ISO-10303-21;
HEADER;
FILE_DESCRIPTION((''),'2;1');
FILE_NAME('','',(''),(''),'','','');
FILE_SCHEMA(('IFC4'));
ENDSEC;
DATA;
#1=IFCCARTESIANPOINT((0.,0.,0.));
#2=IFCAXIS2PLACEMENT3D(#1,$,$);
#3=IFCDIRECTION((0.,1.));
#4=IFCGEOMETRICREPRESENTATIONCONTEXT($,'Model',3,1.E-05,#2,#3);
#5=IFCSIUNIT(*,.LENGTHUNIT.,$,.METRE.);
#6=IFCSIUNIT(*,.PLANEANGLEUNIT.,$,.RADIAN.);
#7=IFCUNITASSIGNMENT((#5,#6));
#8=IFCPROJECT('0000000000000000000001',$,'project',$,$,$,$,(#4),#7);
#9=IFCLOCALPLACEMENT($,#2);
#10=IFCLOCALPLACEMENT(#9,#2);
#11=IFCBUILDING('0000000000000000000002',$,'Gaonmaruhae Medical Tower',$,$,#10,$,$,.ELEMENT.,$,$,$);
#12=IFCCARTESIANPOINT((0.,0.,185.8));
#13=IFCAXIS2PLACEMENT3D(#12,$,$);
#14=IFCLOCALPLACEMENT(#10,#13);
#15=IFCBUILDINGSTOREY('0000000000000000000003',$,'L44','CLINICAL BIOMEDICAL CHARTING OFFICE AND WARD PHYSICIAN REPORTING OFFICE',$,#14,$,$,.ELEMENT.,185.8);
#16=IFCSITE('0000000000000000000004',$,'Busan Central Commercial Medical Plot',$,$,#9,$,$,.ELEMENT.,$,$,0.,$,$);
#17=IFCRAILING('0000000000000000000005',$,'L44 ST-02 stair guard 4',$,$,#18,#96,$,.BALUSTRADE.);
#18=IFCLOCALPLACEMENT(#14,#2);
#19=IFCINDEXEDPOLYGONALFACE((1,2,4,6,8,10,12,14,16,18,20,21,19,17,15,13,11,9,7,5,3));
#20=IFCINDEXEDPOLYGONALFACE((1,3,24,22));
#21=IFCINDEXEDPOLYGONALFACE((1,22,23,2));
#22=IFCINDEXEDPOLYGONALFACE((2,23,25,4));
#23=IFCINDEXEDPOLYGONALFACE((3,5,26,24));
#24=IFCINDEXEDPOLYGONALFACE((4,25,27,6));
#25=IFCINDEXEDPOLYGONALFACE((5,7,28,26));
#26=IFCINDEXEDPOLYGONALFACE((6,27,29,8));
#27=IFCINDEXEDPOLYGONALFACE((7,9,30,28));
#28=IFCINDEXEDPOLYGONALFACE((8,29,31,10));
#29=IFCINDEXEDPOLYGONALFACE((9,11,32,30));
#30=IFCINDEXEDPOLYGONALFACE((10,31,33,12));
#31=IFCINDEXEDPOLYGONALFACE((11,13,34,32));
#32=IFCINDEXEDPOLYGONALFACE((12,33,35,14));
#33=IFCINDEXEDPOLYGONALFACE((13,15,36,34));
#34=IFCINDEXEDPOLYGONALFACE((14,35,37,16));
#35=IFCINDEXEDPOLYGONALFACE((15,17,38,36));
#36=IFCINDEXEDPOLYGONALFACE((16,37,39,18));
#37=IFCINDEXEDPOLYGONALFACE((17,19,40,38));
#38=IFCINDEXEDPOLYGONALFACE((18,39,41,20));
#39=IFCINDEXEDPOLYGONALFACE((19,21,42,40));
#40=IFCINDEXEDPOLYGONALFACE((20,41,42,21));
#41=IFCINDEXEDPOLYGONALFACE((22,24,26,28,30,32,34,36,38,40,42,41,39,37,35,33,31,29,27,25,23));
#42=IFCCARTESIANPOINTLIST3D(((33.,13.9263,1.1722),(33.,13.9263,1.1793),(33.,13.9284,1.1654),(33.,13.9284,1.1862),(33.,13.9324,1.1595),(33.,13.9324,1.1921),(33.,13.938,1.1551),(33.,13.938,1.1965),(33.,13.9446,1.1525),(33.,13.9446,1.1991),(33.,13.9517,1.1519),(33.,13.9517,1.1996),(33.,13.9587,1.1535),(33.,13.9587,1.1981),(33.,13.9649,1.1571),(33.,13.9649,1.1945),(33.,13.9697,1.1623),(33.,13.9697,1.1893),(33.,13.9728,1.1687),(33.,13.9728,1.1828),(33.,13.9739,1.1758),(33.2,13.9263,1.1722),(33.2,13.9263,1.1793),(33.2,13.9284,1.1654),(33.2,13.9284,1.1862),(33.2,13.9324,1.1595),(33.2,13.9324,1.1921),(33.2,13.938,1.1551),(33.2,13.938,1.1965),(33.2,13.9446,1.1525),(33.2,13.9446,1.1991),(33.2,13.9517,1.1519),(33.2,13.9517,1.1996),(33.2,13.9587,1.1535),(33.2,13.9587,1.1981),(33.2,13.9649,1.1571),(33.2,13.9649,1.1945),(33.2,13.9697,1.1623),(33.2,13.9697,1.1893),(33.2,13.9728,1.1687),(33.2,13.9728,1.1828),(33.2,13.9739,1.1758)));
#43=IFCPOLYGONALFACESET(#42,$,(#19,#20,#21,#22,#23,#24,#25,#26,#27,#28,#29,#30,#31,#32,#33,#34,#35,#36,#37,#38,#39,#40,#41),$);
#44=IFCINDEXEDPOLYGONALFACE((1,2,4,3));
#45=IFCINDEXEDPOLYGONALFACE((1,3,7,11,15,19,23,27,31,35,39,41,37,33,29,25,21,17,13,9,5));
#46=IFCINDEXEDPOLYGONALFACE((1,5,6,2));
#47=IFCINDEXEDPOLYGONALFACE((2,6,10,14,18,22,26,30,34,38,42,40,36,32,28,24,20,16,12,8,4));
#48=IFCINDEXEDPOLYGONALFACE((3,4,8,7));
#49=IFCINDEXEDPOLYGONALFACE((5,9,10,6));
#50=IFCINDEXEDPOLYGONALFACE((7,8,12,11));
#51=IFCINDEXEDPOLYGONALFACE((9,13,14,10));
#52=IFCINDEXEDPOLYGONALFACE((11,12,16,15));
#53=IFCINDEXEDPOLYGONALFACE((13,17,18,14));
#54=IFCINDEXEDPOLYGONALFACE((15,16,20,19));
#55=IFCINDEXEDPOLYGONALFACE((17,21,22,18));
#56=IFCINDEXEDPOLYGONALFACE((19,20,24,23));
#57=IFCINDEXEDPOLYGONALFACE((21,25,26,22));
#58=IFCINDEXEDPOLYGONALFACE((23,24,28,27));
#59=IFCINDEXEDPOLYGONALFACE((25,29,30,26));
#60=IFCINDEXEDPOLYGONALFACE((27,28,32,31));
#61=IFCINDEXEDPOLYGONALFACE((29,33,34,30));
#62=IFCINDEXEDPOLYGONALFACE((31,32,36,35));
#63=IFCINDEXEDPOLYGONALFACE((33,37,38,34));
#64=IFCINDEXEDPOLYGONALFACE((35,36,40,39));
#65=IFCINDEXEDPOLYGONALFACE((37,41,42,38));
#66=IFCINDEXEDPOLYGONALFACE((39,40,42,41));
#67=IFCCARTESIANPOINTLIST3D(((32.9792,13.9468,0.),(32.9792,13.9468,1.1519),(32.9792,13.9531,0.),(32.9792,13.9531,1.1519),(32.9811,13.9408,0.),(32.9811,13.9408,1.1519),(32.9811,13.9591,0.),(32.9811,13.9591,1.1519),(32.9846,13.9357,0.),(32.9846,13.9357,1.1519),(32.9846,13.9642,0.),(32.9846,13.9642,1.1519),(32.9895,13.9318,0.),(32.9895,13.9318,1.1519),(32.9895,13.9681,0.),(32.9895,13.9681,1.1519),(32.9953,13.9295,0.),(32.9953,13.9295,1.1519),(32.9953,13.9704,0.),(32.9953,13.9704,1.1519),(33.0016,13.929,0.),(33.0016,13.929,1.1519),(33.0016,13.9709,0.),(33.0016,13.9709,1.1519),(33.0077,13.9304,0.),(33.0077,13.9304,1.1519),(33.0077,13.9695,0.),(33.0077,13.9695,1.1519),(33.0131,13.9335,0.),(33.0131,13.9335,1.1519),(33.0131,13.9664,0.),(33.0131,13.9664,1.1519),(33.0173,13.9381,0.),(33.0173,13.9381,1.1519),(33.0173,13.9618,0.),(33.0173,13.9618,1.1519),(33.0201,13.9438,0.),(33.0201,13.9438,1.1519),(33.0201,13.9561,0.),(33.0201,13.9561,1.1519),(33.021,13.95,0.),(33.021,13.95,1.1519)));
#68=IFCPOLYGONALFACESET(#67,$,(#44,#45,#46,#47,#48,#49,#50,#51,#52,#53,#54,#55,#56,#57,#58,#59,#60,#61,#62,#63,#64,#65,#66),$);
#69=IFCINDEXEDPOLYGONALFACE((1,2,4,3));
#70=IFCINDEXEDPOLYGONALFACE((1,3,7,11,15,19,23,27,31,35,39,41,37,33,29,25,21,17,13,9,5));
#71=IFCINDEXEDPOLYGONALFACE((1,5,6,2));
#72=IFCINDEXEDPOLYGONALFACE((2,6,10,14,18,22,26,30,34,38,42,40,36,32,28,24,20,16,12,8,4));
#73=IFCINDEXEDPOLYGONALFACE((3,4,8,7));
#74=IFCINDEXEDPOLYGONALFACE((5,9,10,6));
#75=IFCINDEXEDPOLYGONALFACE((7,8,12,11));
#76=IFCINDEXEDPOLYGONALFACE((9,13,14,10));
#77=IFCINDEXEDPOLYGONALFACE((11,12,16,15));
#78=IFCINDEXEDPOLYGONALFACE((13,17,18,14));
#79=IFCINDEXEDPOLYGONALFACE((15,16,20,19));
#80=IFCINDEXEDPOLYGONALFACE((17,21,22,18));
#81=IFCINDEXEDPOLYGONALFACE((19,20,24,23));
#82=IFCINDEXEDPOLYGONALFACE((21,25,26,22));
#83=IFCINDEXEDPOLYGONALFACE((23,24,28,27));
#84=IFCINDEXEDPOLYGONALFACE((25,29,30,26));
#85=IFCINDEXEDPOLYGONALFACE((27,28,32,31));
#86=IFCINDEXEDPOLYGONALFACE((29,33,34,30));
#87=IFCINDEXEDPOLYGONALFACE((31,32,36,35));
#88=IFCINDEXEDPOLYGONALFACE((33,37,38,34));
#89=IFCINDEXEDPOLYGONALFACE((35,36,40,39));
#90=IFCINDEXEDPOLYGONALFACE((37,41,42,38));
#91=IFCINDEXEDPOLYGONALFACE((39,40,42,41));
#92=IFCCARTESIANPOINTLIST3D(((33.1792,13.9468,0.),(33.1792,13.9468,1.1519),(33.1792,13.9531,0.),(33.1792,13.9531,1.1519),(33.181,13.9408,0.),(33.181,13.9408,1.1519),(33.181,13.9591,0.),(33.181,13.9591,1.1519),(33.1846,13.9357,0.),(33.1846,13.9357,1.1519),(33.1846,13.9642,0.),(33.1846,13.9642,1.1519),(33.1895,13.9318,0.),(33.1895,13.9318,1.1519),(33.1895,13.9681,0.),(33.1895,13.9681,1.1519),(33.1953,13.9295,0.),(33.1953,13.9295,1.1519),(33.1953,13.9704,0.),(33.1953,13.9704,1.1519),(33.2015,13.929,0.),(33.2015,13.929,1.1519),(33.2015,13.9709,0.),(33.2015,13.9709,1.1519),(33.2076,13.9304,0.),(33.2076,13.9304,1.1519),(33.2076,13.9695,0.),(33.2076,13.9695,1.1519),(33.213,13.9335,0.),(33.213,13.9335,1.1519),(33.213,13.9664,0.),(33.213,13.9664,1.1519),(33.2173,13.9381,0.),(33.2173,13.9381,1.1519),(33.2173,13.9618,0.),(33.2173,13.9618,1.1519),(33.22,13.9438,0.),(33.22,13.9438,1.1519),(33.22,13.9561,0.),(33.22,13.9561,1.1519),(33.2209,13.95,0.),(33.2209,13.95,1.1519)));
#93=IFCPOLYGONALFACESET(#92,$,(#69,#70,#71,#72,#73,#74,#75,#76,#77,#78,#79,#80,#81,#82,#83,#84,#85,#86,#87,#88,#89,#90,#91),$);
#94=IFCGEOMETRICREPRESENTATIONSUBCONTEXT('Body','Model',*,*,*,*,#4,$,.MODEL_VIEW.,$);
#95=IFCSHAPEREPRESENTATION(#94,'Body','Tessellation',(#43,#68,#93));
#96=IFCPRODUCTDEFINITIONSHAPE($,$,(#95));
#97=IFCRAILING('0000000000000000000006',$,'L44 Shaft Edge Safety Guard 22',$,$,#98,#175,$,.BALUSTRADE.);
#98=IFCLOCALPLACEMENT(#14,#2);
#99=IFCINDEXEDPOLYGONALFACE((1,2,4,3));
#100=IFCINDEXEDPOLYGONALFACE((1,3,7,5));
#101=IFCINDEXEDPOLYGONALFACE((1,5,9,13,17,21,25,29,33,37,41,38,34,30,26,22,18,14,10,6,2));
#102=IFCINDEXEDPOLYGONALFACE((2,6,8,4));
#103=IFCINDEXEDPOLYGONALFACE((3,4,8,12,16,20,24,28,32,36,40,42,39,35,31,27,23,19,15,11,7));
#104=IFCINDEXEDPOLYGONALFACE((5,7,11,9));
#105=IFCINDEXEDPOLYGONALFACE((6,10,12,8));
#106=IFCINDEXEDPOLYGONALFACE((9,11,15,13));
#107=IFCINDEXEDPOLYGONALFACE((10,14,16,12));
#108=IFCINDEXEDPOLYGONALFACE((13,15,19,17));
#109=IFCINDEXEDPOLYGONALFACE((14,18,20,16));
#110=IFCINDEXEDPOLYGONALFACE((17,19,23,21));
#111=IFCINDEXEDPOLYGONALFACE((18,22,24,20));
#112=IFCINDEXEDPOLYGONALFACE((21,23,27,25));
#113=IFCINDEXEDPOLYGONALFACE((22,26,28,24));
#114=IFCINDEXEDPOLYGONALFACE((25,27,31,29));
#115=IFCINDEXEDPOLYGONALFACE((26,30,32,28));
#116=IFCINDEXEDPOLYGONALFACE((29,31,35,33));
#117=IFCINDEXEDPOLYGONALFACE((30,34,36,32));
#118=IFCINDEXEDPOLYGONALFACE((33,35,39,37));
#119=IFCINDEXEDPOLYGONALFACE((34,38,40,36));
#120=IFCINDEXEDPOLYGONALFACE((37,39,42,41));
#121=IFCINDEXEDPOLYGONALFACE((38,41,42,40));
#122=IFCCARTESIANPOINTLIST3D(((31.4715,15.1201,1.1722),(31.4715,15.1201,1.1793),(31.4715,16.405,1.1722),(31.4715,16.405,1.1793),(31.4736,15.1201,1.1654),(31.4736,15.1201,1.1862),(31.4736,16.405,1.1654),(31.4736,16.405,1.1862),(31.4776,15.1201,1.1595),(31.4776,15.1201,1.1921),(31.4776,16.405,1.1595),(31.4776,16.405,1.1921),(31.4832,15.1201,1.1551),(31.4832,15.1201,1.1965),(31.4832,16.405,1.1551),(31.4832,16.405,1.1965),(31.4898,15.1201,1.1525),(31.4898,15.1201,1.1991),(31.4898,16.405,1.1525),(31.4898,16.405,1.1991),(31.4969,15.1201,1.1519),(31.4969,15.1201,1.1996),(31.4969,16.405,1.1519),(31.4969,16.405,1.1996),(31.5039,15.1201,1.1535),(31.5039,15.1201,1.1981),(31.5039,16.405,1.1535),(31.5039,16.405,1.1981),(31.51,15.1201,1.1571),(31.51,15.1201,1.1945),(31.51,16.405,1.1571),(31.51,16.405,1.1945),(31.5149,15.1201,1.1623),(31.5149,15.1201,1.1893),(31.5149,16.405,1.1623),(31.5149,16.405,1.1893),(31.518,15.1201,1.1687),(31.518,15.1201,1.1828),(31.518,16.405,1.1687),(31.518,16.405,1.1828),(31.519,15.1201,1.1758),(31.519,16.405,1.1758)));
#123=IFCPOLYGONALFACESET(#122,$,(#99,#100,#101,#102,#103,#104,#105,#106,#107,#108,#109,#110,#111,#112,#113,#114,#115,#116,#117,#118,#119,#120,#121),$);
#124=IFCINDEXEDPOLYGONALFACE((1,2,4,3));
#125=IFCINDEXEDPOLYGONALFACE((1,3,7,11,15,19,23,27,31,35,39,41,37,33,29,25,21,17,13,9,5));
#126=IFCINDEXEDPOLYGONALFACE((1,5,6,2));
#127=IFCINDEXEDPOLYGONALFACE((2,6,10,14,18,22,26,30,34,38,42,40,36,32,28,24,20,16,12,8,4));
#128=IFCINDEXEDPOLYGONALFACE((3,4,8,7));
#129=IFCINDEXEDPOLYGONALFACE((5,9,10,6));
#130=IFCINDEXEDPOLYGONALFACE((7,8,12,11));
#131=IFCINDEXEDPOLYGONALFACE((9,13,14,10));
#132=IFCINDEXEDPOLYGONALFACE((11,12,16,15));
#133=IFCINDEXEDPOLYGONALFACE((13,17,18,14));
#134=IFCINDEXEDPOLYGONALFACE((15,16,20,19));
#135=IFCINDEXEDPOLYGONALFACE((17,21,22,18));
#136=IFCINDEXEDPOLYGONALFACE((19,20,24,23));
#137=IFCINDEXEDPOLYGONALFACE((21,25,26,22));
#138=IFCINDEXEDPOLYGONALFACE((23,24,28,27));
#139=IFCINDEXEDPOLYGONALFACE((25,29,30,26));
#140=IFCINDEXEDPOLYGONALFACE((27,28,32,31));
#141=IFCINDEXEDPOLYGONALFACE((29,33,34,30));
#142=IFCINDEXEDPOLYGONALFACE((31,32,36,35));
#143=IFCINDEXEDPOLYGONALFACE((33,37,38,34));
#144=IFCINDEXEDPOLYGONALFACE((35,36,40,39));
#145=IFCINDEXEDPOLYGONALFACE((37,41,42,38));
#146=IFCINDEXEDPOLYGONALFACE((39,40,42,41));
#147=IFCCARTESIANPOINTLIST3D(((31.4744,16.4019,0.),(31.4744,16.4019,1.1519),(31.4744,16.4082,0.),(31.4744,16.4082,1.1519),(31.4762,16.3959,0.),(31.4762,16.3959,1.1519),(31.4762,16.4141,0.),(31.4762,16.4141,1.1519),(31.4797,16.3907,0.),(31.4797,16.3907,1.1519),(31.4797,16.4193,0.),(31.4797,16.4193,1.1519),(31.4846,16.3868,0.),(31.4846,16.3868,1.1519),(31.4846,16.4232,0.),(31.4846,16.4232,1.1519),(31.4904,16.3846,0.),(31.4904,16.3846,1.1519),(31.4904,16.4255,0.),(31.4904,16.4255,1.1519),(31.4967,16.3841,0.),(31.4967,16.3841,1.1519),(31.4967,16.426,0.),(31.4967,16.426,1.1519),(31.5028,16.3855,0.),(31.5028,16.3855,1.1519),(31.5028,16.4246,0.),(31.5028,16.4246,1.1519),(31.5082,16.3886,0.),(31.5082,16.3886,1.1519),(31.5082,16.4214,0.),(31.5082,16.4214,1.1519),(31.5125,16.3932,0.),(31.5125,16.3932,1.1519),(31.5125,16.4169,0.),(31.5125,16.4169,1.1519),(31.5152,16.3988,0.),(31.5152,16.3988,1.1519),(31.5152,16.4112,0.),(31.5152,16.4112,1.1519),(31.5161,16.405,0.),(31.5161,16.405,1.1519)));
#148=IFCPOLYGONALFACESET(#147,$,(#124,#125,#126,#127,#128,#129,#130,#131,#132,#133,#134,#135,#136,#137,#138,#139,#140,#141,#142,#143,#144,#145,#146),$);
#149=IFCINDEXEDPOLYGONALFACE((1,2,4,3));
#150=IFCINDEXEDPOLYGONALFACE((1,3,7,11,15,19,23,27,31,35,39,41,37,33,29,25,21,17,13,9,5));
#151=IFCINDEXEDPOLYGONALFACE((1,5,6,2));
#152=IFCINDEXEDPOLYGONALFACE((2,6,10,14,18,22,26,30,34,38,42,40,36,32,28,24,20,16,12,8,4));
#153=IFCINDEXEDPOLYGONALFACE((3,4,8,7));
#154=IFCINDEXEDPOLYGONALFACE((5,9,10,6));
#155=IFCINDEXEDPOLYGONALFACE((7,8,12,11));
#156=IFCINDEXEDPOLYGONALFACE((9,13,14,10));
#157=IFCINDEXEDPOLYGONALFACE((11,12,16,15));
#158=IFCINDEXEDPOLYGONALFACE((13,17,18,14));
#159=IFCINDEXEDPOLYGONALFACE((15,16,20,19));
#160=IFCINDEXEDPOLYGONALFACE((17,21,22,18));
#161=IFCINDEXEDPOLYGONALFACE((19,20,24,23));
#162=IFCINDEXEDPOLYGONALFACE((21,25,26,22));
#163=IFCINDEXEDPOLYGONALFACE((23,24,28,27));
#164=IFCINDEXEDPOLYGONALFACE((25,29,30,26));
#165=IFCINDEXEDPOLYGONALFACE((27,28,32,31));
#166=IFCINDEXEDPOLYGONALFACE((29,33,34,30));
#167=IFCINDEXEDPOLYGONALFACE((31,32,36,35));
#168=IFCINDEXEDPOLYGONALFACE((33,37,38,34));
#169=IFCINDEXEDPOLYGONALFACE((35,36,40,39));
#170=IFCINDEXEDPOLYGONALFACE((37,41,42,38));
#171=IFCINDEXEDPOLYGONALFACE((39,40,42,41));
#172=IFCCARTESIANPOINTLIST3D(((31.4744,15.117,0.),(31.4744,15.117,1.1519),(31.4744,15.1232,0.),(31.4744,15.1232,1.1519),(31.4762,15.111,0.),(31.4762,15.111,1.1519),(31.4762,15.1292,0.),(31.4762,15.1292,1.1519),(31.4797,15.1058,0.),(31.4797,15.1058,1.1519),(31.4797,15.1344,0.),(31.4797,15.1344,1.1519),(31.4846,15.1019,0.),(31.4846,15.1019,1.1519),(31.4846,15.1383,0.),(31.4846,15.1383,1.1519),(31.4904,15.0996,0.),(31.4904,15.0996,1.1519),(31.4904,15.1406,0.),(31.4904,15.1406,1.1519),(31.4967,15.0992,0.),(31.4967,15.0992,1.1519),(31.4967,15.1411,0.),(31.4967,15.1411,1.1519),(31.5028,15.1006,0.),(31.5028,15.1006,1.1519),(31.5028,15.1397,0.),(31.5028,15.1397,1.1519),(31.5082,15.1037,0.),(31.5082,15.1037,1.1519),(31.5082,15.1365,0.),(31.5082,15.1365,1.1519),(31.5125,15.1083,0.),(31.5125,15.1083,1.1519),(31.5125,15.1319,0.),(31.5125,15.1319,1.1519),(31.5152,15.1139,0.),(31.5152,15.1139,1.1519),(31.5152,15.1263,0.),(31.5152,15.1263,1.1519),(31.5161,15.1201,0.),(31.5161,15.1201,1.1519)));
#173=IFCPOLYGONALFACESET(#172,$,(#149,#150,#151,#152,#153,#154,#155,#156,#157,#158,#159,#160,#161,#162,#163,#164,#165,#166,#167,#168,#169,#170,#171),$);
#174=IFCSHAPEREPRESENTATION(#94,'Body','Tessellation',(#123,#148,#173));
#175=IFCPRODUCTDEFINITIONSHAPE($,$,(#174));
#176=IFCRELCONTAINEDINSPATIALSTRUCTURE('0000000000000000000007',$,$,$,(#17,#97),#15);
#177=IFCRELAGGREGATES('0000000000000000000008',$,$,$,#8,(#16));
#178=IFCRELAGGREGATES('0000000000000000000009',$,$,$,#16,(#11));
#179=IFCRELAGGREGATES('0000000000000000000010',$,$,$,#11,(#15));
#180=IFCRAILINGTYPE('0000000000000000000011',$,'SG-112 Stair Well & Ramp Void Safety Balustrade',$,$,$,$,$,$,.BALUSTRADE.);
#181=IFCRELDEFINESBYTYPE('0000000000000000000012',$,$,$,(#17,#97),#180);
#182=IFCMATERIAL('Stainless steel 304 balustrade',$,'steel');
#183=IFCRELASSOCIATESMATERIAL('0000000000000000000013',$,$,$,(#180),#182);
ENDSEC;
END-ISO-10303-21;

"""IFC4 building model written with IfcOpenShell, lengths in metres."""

from ifc_helpers import new_model, si_unit, direction, frame, origin, origin_2d, place, context, subcontext, project, spatial, circle, extrude, material, type_object, element, save


model = new_model("IFC4")

# Units and contexts
model_context = context("Model", 3, precision=1e-05, world=origin(), true_north=direction((0.0, 1.0)))
body_context = subcontext(model_context, "Body", "Model", "MODEL_VIEW")
ifc_project = project(units=[si_unit("LENGTHUNIT", "METRE"), si_unit("PLANEANGLEUNIT", "RADIAN")], contexts=[model_context])

# Site, building, storey
site_placement = place(None, origin())
site = spatial("IfcSite", under=ifc_project, at=site_placement, Name="Busan Central Commercial Medical Plot", CompositionType="ELEMENT", RefElevation=0.0)
building_placement = place(site_placement, origin())
building = spatial("IfcBuilding", under=site, at=building_placement, Name="Gaonmaruhae Medical Tower", CompositionType="ELEMENT")
storey_placement = place(building_placement, frame((0.0, 0.0, 185.8)))
storey = spatial("IfcBuildingStorey", under=building, at=storey_placement, Name="L44", Description="CLINICAL BIOMEDICAL CHARTING OFFICE AND WARD PHYSICIAN REPORTING OFFICE", CompositionType="ELEMENT", Elevation=185.8)

# Railings
ifc_material_1 = material(Name="Stainless steel 304 balustrade", Category="steel")
railing_type_1 = type_object("IfcRailingType", Name="SG-112 Stair Well & Ramp Void Safety Balustrade", PredefinedType="BALUSTRADE", material=ifc_material_1)
railing_1_placement = place(storey_placement, frame((33.0, 13.95, 0.0)))
element("IfcRailing", 1, at=railing_1_placement, inside=storey, type_object=railing_type_1, Name="L44 ST-02 stair guard 4", PredefinedType="BALUSTRADE", context=body_context, shape_type="SweptSolid", body=[
    extrude(circle(Radius=0.0239, at=origin_2d()), frame((0.0, 0.0, 1.1758), z_axis=(1.0, 0.0, 0.0), x_axis=(0.0, 1.0, 0.0)), (0.0, 0.0, 1.0), 0.2),
    extrude(circle(Radius=0.021, at=origin_2d()), origin(), (0.0, 0.0, 1.0), 1.1519),
    extrude(circle(Radius=0.021, at=origin_2d()), frame((0.2, 0.0, 0.0)), (0.0, 0.0, 1.0), 1.1519),
])
railing_2_placement = place(storey_placement, frame((31.4951, 16.405, 0.0)))
element("IfcRailing", 2, at=railing_2_placement, inside=storey, type_object=railing_type_1, Name="L44 Shaft Edge Safety Guard 22", PredefinedType="BALUSTRADE", context=body_context, shape_type="SweptSolid", body=[
    extrude(circle(Radius=0.0239, at=origin_2d()), frame((0.0, 0.0, 1.1758), z_axis=(0.0, -1.0, 0.0), x_axis=(1.0, 0.0, 0.0)), (0.0, 0.0, 1.0), 1.2849),
    extrude(circle(Radius=0.021, at=origin_2d()), origin(), (0.0, 0.0, 1.0), 1.1519),
    extrude(circle(Radius=0.021, at=origin_2d()), frame((0.0, -1.2849, 0.0)), (0.0, 0.0, 1.0), 1.1519),
])

save(model, "model.ifc")
